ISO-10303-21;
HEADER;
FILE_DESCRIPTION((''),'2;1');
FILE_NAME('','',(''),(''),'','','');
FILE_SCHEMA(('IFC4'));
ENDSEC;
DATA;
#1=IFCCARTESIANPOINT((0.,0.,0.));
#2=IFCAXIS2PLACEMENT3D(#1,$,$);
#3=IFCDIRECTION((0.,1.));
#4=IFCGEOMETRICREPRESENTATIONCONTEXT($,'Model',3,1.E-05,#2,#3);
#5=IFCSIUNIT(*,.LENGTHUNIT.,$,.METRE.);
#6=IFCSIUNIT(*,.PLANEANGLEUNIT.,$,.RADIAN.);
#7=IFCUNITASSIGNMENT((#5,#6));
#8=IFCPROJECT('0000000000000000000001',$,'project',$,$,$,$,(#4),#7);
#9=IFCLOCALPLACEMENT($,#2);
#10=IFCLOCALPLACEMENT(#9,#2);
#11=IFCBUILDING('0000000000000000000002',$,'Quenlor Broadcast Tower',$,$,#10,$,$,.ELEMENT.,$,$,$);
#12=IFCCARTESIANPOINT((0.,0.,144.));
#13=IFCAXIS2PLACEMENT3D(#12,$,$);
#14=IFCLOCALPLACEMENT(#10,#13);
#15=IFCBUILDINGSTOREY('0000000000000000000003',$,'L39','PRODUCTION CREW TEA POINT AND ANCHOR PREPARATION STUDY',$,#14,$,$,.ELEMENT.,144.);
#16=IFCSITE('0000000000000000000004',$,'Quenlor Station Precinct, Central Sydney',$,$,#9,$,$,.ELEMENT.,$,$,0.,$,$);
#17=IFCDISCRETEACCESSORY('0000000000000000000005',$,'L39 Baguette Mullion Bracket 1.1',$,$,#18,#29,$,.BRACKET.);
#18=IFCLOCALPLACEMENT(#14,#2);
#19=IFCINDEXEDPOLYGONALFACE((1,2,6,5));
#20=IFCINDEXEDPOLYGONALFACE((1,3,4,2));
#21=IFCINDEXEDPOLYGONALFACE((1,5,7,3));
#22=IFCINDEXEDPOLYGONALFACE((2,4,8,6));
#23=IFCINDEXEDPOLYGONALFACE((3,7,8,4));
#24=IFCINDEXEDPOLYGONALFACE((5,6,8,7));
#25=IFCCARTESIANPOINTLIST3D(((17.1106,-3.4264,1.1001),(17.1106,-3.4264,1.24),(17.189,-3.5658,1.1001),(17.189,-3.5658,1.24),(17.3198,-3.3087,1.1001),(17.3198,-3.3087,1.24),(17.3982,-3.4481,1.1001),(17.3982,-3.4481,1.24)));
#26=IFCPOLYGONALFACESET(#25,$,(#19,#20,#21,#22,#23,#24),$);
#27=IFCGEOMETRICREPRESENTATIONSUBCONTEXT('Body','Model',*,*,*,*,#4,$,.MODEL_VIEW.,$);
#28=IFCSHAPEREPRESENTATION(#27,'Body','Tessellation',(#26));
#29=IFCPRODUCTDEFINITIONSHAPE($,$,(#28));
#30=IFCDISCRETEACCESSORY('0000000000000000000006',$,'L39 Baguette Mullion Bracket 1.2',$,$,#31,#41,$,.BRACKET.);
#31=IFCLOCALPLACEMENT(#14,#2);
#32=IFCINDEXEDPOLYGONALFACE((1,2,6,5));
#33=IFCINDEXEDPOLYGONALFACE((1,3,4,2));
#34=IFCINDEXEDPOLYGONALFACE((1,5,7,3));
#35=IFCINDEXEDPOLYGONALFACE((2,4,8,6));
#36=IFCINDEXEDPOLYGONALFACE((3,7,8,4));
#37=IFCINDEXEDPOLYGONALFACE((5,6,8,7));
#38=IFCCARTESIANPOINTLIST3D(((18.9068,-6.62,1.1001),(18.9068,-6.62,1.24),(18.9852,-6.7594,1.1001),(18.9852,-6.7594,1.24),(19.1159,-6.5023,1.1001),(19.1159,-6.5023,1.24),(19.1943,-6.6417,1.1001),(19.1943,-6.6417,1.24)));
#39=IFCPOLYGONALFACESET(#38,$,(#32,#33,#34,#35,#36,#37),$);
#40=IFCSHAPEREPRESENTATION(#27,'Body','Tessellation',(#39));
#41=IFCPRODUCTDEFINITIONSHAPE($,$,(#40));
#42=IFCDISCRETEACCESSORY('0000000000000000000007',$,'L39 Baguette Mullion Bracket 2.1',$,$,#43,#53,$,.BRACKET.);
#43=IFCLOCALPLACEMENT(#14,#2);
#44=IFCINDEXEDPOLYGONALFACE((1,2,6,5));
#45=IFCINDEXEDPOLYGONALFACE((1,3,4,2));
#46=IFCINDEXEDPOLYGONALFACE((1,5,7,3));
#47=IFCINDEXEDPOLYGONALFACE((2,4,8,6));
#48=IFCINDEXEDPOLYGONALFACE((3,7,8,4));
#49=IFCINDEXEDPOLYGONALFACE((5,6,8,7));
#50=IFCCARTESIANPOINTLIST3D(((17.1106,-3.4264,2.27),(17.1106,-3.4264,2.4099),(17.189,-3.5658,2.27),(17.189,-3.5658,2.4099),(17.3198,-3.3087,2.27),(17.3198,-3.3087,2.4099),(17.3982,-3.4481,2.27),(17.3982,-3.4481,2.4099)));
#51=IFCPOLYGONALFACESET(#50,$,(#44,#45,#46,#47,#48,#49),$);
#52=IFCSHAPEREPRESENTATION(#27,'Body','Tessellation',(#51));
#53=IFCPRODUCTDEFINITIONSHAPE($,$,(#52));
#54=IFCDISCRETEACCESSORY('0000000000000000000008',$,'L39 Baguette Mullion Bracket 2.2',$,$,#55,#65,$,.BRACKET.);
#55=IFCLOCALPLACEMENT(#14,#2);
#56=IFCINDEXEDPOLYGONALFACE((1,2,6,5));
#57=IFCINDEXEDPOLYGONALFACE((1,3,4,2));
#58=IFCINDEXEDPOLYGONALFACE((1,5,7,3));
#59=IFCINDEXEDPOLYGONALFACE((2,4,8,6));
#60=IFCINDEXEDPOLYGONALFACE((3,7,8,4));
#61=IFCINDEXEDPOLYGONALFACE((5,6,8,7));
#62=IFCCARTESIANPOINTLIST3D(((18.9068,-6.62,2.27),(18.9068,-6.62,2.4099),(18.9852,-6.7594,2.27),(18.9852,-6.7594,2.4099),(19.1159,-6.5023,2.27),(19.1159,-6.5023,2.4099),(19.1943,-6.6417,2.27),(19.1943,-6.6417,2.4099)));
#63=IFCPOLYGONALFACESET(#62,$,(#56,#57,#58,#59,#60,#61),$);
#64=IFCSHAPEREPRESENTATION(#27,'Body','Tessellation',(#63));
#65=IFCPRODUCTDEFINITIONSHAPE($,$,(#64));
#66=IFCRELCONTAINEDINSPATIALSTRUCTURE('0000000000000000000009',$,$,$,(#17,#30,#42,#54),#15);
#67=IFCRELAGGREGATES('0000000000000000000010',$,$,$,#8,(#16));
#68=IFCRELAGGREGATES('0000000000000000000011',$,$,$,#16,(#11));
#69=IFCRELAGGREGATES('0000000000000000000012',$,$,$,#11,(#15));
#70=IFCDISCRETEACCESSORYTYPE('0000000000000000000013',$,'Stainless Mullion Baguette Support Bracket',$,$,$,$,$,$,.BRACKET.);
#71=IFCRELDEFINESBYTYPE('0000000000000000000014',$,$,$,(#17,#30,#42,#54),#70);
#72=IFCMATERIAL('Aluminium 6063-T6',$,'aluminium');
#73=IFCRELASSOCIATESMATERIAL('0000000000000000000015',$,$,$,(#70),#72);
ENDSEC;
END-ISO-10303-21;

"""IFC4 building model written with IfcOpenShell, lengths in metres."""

from ifc_helpers import new_model, si_unit, direction, frame, origin, origin_2d, place, context, subcontext, project, spatial, rectangle, extrude, material, type_object, element, save


model = new_model("IFC4")

# Units and contexts
model_context = context("Model", 3, precision=1e-05, world=origin(), true_north=direction((0.0, 1.0)))
body_context = subcontext(model_context, "Body", "Model", "MODEL_VIEW")
ifc_project = project(units=[si_unit("LENGTHUNIT", "METRE"), si_unit("PLANEANGLEUNIT", "RADIAN")], contexts=[model_context])

# Site, building, storey
site_placement = place(None, origin())
site = spatial("IfcSite", under=ifc_project, at=site_placement, Name="Quenlor Station Precinct, Central Sydney", CompositionType="ELEMENT", RefElevation=0.0)
building_placement = place(site_placement, origin())
building = spatial("IfcBuilding", under=site, at=building_placement, Name="Quenlor Broadcast Tower", CompositionType="ELEMENT")
storey_placement = place(building_placement, frame((0.0, 0.0, 144.0)))
storey = spatial("IfcBuildingStorey", under=building, at=storey_placement, Name="L39", Description="PRODUCTION CREW TEA POINT AND ANCHOR PREPARATION STUDY", CompositionType="ELEMENT", Elevation=144.0)

# Discrete accessories
ifc_material_1 = material(Name="Aluminium 6063-T6", Category="aluminium")
discrete_accessory_type = type_object("IfcDiscreteAccessoryType", Name="Stainless Mullion Baguette Support Bracket", PredefinedType="BRACKET", material=ifc_material_1)
for number, where, z_axis, x_axis, name in (
    (1, (17.2544, -3.4373, 1.1001), (0.0, 0.0, 1.0), (0.490259, -0.871577, 0.0), "L39 Baguette Mullion Bracket 1.1"),
    (2, (19.0505, -6.6309, 1.1001), (0.0, 0.0, 1.0), (0.490259, -0.871577, 0.0), "L39 Baguette Mullion Bracket 1.2"),
    (3, (17.2544, -3.4373, 2.27), (0.0, 0.0, 1.0), (0.490259, -0.871577, 0.0), "L39 Baguette Mullion Bracket 2.1"),
    (4, (19.0505, -6.6309, 2.27), (0.0, 0.0, 1.0), (0.490259, -0.871577, 0.0), "L39 Baguette Mullion Bracket 2.2"),
):
    element("IfcDiscreteAccessory", number, at=place(storey_placement, frame(where, z_axis=z_axis, x_axis=x_axis)), inside=storey, type_object=discrete_accessory_type, Name=name, PredefinedType="BRACKET", context=body_context, shape_type="SweptSolid", body=[
        extrude(rectangle(XDim=0.1599, YDim=0.24, at=origin_2d()), origin(), (0.0, 0.0, 1.0), 0.1399),
    ])

save(model, "model.ifc")
